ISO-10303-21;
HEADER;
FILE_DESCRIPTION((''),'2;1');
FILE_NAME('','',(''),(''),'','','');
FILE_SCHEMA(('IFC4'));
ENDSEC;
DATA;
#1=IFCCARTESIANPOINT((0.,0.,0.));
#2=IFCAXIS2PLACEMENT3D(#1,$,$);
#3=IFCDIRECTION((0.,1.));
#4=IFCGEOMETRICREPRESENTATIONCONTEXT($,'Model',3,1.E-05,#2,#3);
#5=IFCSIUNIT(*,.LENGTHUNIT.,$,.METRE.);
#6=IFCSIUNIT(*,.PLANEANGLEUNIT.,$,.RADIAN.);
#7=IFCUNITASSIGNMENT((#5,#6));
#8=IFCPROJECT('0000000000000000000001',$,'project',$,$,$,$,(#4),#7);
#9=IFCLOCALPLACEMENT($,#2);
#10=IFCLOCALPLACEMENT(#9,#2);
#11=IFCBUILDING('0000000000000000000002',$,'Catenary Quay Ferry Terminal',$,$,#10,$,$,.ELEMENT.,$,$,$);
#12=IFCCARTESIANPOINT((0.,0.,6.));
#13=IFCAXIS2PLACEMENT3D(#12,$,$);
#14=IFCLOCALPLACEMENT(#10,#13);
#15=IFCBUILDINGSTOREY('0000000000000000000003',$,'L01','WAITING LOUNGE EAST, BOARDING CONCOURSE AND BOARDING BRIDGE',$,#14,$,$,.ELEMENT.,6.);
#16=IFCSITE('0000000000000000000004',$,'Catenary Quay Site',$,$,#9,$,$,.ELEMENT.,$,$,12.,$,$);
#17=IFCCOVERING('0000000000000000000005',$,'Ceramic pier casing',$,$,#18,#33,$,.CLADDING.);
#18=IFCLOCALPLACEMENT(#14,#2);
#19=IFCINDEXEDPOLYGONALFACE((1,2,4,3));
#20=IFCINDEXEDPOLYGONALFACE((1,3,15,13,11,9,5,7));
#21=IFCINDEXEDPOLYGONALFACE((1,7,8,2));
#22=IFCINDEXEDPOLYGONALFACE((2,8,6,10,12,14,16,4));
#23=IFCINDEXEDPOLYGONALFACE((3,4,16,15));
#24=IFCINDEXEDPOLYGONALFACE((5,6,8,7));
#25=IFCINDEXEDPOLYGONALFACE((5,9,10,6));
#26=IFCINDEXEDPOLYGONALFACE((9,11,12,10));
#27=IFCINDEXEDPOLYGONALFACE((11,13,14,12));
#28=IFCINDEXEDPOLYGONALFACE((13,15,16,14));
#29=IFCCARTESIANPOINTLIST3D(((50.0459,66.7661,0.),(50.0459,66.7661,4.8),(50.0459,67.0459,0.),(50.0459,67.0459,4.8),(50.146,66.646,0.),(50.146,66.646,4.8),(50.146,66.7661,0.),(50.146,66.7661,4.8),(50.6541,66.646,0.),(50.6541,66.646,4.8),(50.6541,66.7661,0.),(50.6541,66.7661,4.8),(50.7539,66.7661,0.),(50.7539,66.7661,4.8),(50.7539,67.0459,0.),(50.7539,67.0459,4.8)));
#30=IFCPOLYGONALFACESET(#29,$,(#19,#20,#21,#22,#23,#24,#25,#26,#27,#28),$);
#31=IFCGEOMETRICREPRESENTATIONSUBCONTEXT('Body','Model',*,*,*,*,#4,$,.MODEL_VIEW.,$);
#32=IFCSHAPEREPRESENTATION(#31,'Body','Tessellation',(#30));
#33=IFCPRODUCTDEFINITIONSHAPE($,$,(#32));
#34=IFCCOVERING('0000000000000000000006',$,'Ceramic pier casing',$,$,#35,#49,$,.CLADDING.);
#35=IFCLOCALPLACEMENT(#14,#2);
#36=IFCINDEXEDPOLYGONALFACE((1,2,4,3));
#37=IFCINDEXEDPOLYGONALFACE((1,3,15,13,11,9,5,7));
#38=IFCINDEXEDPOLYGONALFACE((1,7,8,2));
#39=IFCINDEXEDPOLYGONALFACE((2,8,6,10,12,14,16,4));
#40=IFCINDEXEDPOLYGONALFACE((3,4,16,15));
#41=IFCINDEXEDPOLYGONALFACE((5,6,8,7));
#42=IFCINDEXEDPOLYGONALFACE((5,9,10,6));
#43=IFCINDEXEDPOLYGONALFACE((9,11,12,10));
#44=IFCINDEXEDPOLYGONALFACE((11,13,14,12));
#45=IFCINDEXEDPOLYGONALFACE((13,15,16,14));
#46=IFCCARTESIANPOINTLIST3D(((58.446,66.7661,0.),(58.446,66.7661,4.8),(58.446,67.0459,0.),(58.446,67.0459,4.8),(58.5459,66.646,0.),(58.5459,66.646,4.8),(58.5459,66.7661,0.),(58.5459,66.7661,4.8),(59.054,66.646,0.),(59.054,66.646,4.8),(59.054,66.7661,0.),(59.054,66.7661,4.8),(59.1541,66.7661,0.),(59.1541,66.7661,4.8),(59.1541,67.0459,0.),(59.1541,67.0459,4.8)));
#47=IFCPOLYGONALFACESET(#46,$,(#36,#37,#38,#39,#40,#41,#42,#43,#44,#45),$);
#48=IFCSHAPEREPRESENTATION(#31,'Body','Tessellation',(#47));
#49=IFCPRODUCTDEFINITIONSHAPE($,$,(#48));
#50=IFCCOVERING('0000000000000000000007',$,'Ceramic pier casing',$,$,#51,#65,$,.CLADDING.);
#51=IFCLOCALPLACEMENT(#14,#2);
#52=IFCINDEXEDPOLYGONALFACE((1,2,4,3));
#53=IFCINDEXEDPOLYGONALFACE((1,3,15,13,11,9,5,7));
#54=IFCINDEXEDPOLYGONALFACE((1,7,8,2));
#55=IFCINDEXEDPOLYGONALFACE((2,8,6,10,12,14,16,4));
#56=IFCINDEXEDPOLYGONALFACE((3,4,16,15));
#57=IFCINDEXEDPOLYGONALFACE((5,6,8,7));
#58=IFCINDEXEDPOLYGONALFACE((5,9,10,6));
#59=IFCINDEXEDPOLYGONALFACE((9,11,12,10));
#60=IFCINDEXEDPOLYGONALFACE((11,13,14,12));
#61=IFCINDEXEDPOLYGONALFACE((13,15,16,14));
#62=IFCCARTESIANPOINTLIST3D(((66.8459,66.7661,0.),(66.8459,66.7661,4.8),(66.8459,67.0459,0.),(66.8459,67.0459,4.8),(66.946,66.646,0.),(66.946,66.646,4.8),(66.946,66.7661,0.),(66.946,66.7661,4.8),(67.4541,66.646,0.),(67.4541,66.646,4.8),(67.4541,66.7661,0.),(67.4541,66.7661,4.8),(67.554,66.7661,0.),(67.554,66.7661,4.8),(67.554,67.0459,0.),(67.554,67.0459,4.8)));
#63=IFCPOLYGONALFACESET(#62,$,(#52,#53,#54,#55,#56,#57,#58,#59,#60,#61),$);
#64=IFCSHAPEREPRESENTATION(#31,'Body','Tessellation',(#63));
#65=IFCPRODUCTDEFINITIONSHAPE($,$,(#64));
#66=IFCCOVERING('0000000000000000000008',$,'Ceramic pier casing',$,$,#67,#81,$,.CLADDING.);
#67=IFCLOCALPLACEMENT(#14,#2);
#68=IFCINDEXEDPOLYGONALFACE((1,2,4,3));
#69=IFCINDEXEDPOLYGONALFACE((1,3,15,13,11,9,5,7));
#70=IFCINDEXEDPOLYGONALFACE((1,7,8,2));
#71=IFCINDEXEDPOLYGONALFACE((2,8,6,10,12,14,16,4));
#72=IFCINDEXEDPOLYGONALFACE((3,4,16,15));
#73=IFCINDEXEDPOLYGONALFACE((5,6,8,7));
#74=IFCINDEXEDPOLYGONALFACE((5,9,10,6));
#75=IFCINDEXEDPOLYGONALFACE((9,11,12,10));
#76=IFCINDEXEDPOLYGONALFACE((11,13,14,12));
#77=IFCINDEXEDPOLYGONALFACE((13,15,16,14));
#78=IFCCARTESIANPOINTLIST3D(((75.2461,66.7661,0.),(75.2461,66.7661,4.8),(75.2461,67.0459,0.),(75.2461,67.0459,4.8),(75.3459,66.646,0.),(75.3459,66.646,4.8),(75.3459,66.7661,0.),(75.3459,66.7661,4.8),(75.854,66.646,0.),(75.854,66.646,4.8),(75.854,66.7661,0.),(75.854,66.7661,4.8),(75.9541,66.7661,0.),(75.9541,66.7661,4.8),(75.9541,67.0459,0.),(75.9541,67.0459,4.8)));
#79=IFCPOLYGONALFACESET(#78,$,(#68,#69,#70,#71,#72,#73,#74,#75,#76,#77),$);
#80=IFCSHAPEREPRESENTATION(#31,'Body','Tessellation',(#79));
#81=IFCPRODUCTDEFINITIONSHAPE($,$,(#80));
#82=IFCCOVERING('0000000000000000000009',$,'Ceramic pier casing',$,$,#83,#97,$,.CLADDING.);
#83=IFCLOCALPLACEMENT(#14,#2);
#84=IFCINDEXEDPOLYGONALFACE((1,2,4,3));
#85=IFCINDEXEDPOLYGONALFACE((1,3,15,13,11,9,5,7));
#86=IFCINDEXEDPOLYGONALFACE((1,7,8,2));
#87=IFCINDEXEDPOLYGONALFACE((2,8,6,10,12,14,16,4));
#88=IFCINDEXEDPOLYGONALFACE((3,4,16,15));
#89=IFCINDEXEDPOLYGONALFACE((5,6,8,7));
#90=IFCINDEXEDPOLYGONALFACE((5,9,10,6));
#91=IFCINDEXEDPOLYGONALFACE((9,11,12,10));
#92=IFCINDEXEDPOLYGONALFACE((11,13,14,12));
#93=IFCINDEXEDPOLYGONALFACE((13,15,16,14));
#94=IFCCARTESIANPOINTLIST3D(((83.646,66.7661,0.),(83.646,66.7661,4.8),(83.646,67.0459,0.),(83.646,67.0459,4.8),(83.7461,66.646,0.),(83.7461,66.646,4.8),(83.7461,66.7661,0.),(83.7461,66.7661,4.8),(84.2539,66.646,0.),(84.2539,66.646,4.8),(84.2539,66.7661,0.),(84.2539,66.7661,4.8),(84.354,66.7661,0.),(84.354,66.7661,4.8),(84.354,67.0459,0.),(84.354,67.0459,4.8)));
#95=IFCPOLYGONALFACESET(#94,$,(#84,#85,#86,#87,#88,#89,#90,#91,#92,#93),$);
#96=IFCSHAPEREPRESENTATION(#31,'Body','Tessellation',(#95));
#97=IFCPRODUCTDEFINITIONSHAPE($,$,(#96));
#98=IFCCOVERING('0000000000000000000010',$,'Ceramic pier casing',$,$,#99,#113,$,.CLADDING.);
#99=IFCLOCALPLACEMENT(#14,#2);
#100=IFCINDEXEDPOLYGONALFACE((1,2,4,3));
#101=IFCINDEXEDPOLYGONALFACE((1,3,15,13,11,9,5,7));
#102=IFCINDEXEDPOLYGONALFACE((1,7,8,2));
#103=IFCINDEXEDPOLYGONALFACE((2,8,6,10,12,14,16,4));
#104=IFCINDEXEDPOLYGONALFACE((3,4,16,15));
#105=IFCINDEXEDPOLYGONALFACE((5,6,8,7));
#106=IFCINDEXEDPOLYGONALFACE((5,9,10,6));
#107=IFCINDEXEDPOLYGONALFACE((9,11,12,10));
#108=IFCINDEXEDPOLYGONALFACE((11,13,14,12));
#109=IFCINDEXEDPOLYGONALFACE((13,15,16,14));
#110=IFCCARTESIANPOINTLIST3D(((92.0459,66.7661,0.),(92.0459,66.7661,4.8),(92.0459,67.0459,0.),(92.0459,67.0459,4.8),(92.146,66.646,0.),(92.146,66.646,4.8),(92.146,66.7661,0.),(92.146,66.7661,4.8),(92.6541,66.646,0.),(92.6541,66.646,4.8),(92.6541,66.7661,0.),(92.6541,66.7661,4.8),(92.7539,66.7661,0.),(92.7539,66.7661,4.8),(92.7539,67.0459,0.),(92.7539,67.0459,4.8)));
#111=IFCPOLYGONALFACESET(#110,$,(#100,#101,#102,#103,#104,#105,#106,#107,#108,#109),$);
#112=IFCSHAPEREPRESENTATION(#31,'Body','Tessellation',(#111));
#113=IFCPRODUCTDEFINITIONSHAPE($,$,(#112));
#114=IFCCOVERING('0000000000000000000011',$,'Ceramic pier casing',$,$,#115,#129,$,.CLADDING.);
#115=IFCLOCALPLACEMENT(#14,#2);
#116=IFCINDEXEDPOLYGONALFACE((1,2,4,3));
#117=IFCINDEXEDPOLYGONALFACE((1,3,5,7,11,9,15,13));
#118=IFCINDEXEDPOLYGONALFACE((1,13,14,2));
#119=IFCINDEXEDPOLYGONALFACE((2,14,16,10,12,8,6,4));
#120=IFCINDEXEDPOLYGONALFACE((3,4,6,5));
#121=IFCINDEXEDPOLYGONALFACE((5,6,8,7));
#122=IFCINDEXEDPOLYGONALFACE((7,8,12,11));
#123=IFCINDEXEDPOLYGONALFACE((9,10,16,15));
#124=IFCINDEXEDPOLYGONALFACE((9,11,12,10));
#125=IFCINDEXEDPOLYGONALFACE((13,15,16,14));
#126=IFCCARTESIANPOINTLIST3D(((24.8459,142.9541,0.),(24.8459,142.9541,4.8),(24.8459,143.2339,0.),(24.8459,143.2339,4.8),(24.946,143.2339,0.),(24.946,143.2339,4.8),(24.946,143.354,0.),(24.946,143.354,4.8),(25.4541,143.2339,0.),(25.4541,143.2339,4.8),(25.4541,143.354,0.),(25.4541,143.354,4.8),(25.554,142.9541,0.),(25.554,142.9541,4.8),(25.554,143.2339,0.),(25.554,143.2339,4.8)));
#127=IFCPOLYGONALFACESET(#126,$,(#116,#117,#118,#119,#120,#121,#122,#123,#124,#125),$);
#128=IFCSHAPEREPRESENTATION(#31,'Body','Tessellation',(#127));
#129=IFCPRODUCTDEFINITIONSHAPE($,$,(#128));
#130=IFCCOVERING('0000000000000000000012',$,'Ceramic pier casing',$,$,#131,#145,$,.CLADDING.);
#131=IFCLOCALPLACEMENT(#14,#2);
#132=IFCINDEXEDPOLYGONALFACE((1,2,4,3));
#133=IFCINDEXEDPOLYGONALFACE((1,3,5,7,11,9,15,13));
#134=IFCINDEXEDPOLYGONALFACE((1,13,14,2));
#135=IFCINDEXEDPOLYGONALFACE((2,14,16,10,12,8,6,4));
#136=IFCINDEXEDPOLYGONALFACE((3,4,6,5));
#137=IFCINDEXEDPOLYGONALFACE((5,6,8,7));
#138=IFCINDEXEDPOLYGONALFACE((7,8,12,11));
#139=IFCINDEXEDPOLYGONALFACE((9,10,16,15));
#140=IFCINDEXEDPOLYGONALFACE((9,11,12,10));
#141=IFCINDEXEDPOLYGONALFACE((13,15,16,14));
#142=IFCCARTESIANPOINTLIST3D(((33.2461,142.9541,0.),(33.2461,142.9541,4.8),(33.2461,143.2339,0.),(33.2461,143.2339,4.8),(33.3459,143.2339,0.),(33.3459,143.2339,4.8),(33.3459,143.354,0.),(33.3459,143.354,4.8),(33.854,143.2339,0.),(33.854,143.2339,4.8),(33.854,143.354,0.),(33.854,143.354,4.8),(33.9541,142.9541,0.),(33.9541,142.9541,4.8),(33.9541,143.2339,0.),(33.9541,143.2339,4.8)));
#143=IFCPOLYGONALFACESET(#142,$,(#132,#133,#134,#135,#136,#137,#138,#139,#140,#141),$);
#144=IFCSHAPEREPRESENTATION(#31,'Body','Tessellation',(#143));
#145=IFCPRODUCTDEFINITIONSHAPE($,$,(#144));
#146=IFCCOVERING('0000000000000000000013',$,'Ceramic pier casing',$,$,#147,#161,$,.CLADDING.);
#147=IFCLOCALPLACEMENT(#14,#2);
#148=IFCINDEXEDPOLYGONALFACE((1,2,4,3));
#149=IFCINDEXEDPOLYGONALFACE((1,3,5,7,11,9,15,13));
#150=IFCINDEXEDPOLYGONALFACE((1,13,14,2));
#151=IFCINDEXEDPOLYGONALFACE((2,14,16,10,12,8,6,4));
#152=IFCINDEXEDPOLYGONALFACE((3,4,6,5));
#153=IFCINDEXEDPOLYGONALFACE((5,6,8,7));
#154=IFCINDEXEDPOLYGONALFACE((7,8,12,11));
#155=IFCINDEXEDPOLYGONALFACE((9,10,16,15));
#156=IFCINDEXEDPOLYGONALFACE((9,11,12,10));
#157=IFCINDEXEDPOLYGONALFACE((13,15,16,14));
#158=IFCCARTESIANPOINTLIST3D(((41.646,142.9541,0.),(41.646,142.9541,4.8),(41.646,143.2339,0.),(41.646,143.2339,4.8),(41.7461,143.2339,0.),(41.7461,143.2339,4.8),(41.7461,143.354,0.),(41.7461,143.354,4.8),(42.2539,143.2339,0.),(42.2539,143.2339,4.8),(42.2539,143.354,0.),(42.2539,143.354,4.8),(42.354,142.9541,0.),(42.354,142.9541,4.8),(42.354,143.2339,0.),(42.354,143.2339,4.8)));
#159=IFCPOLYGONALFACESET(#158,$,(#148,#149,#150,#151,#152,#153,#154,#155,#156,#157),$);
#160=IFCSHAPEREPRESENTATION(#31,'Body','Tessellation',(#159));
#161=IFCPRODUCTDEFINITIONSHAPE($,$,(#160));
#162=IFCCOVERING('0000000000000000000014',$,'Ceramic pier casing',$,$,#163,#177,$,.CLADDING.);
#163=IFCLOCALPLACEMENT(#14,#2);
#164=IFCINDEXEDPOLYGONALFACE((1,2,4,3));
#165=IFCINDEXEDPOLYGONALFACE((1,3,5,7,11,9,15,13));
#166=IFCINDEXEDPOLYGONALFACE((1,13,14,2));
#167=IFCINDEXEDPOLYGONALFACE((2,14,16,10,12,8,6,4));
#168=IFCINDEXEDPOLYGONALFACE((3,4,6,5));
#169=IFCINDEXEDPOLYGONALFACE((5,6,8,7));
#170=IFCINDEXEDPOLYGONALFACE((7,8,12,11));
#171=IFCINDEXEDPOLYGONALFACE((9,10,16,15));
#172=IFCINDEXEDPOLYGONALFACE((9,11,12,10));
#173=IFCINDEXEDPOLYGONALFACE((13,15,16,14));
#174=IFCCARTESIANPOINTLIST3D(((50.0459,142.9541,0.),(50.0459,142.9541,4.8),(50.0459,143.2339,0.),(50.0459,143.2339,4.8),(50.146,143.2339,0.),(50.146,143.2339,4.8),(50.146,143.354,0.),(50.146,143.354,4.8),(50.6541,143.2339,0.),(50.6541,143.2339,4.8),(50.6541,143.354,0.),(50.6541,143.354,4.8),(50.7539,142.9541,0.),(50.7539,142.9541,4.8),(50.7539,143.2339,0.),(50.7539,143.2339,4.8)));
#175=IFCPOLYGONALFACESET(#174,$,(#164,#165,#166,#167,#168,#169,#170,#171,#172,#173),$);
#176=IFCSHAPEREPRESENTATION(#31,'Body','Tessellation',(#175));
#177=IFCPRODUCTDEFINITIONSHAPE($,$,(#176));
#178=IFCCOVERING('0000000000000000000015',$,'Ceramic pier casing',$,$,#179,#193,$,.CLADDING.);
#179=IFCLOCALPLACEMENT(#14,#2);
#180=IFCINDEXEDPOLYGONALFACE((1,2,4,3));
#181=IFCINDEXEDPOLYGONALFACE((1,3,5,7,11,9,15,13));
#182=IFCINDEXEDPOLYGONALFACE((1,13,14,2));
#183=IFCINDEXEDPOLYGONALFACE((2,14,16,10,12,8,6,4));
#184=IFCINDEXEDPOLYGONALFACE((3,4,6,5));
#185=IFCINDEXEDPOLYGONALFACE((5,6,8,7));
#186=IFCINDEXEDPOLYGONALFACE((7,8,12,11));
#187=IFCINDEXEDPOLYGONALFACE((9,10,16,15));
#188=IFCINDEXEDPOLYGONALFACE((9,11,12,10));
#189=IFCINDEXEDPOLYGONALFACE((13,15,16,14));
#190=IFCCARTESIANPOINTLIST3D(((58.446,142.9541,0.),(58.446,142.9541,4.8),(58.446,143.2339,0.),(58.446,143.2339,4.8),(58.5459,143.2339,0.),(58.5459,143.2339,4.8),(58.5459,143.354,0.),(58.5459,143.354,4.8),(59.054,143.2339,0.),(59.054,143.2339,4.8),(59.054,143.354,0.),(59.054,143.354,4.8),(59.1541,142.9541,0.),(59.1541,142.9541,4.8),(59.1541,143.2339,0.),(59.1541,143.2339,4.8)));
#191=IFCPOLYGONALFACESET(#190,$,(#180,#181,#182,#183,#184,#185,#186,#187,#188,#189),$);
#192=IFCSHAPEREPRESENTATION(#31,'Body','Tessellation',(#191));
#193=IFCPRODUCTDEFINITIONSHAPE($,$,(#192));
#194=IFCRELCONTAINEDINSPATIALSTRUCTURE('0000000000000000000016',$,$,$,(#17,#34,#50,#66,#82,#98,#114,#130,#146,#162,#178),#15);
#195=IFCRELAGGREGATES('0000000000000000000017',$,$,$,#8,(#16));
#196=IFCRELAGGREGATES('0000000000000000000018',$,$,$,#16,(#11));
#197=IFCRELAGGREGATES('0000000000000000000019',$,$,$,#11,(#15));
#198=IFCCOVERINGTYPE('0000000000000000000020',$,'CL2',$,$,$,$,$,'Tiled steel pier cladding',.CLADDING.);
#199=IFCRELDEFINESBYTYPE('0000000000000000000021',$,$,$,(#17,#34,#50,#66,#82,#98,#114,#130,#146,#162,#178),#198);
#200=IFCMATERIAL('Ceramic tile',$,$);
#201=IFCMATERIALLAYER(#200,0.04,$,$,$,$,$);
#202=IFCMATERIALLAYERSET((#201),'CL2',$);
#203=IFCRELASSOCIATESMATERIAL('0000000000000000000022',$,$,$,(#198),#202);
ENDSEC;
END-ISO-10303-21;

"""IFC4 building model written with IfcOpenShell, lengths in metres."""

from ifc_helpers import new_model, si_unit, direction, frame, origin, place, context, subcontext, project, spatial, polyline, outline, extrude, material, layer, layer_set, type_object, element, save


model = new_model("IFC4")

# Units and contexts
model_context = context("Model", 3, precision=1e-05, world=origin(), true_north=direction((0.0, 1.0)))
body_context = subcontext(model_context, "Body", "Model", "MODEL_VIEW")
ifc_project = project(units=[si_unit("LENGTHUNIT", "METRE"), si_unit("PLANEANGLEUNIT", "RADIAN")], contexts=[model_context])

# Site, building, storey
site_placement = place(None, origin())
site = spatial("IfcSite", under=ifc_project, at=site_placement, Name="Catenary Quay Site", CompositionType="ELEMENT", RefElevation=12.0)
building_placement = place(site_placement, origin())
building = spatial("IfcBuilding", under=site, at=building_placement, Name="Catenary Quay Ferry Terminal", CompositionType="ELEMENT")
storey_placement = place(building_placement, frame((0.0, 0.0, 6.0)))
storey = spatial("IfcBuildingStorey", under=building, at=storey_placement, Name="L01", Description="WAITING LOUNGE EAST, BOARDING CONCOURSE AND BOARDING BRIDGE", CompositionType="ELEMENT", Elevation=6.0)

# Coverings
ifc_material = material(Name="Ceramic tile")
ifc_layer = layer(ifc_material, 0.04)
ifc_layer_set = layer_set([ifc_layer], Name="CL2")
covering_type = type_object("IfcCoveringType", Name="CL2", ElementType="Tiled steel pier cladding", PredefinedType="CLADDING", material=ifc_layer_set)
covering_1_placement = place(storey_placement, origin())
element("IfcCovering", 1, at=covering_1_placement, inside=storey, type_object=covering_type, Name="Ceramic pier casing", PredefinedType="CLADDING", context=body_context, shape_type="SweptSolid", body=[
    extrude(outline(polyline([(50.0459, 67.0459), (50.0459, 66.7661), (50.146, 66.7661), (50.146, 66.646), (50.6541, 66.646), (50.6541, 66.7661), (50.7539, 66.7661), (50.7539, 67.0459), (50.0459, 67.0459)])), origin(), (0.0, 0.0, 1.0), 4.8),
])
covering_2_placement = place(storey_placement, origin())
element("IfcCovering", 2, at=covering_2_placement, inside=storey, type_object=covering_type, Name="Ceramic pier casing", PredefinedType="CLADDING", context=body_context, shape_type="SweptSolid", body=[
    extrude(outline(polyline([(58.446, 67.0459), (58.446, 66.7661), (58.5459, 66.7661), (58.5459, 66.646), (59.054, 66.646), (59.054, 66.7661), (59.1541, 66.7661), (59.1541, 67.0459), (58.446, 67.0459)])), origin(), (0.0, 0.0, 1.0), 4.8),
])
covering_3_placement = place(storey_placement, origin())
element("IfcCovering", 3, at=covering_3_placement, inside=storey, type_object=covering_type, Name="Ceramic pier casing", PredefinedType="CLADDING", context=body_context, shape_type="SweptSolid", body=[
    extrude(outline(polyline([(66.8459, 67.0459), (66.8459, 66.7661), (66.946, 66.7661), (66.946, 66.646), (67.4541, 66.646), (67.4541, 66.7661), (67.554, 66.7661), (67.554, 67.0459), (66.8459, 67.0459)])), origin(), (0.0, 0.0, 1.0), 4.8),
])
covering_4_placement = place(storey_placement, origin())
element("IfcCovering", 4, at=covering_4_placement, inside=storey, type_object=covering_type, Name="Ceramic pier casing", PredefinedType="CLADDING", context=body_context, shape_type="SweptSolid", body=[
    extrude(outline(polyline([(75.2461, 67.0459), (75.2461, 66.7661), (75.3459, 66.7661), (75.3459, 66.646), (75.854, 66.646), (75.854, 66.7661), (75.9541, 66.7661), (75.9541, 67.0459), (75.2461, 67.0459)])), origin(), (0.0, 0.0, 1.0), 4.8),
])
covering_5_placement = place(storey_placement, origin())
element("IfcCovering", 5, at=covering_5_placement, inside=storey, type_object=covering_type, Name="Ceramic pier casing", PredefinedType="CLADDING", context=body_context, shape_type="SweptSolid", body=[
    extrude(outline(polyline([(83.646, 67.0459), (83.646, 66.7661), (83.7461, 66.7661), (83.7461, 66.646), (84.2539, 66.646), (84.2539, 66.7661), (84.354, 66.7661), (84.354, 67.0459), (83.646, 67.0459)])), origin(), (0.0, 0.0, 1.0), 4.8),
])
covering_6_placement = place(storey_placement, origin())
element("IfcCovering", 6, at=covering_6_placement, inside=storey, type_object=covering_type, Name="Ceramic pier casing", PredefinedType="CLADDING", context=body_context, shape_type="SweptSolid", body=[
    extrude(outline(polyline([(92.0459, 67.0459), (92.0459, 66.7661), (92.146, 66.7661), (92.146, 66.646), (92.6541, 66.646), (92.6541, 66.7661), (92.7539, 66.7661), (92.7539, 67.0459), (92.0459, 67.0459)])), origin(), (0.0, 0.0, 1.0), 4.8),
])
covering_7_placement = place(storey_placement, origin())
element("IfcCovering", 7, at=covering_7_placement, inside=storey, type_object=covering_type, Name="Ceramic pier casing", PredefinedType="CLADDING", context=body_context, shape_type="SweptSolid", body=[
    extrude(outline(polyline([(25.554, 142.9541), (25.554, 143.2339), (25.4541, 143.2339), (25.4541, 143.354), (24.946, 143.354), (24.946, 143.2339), (24.8459, 143.2339), (24.8459, 142.9541), (25.554, 142.9541)])), origin(), (0.0, 0.0, 1.0), 4.8),
])
covering_8_placement = place(storey_placement, origin())
element("IfcCovering", 8, at=covering_8_placement, inside=storey, type_object=covering_type, Name="Ceramic pier casing", PredefinedType="CLADDING", context=body_context, shape_type="SweptSolid", body=[
    extrude(outline(polyline([(33.9541, 142.9541), (33.9541, 143.2339), (33.854, 143.2339), (33.854, 143.354), (33.3459, 143.354), (33.3459, 143.2339), (33.2461, 143.2339), (33.2461, 142.9541), (33.9541, 142.9541)])), origin(), (0.0, 0.0, 1.0), 4.8),
])
covering_9_placement = place(storey_placement, origin())
element("IfcCovering", 9, at=covering_9_placement, inside=storey, type_object=covering_type, Name="Ceramic pier casing", PredefinedType="CLADDING", context=body_context, shape_type="SweptSolid", body=[
    extrude(outline(polyline([(42.354, 142.9541), (42.354, 143.2339), (42.2539, 143.2339), (42.2539, 143.354), (41.7461, 143.354), (41.7461, 143.2339), (41.646, 143.2339), (41.646, 142.9541), (42.354, 142.9541)])), origin(), (0.0, 0.0, 1.0), 4.8),
])
covering_10_placement = place(storey_placement, origin())
element("IfcCovering", 10, at=covering_10_placement, inside=storey, type_object=covering_type, Name="Ceramic pier casing", PredefinedType="CLADDING", context=body_context, shape_type="SweptSolid", body=[
    extrude(outline(polyline([(50.7539, 142.9541), (50.7539, 143.2339), (50.6541, 143.2339), (50.6541, 143.354), (50.146, 143.354), (50.146, 143.2339), (50.0459, 143.2339), (50.0459, 142.9541), (50.7539, 142.9541)])), origin(), (0.0, 0.0, 1.0), 4.8),
])
covering_11_placement = place(storey_placement, origin())
element("IfcCovering", 11, at=covering_11_placement, inside=storey, type_object=covering_type, Name="Ceramic pier casing", PredefinedType="CLADDING", context=body_context, shape_type="SweptSolid", body=[
    extrude(outline(polyline([(59.1541, 142.9541), (59.1541, 143.2339), (59.054, 143.2339), (59.054, 143.354), (58.5459, 143.354), (58.5459, 143.2339), (58.446, 143.2339), (58.446, 142.9541), (59.1541, 142.9541)])), origin(), (0.0, 0.0, 1.0), 4.8),
])

save(model, "model.ifc")
